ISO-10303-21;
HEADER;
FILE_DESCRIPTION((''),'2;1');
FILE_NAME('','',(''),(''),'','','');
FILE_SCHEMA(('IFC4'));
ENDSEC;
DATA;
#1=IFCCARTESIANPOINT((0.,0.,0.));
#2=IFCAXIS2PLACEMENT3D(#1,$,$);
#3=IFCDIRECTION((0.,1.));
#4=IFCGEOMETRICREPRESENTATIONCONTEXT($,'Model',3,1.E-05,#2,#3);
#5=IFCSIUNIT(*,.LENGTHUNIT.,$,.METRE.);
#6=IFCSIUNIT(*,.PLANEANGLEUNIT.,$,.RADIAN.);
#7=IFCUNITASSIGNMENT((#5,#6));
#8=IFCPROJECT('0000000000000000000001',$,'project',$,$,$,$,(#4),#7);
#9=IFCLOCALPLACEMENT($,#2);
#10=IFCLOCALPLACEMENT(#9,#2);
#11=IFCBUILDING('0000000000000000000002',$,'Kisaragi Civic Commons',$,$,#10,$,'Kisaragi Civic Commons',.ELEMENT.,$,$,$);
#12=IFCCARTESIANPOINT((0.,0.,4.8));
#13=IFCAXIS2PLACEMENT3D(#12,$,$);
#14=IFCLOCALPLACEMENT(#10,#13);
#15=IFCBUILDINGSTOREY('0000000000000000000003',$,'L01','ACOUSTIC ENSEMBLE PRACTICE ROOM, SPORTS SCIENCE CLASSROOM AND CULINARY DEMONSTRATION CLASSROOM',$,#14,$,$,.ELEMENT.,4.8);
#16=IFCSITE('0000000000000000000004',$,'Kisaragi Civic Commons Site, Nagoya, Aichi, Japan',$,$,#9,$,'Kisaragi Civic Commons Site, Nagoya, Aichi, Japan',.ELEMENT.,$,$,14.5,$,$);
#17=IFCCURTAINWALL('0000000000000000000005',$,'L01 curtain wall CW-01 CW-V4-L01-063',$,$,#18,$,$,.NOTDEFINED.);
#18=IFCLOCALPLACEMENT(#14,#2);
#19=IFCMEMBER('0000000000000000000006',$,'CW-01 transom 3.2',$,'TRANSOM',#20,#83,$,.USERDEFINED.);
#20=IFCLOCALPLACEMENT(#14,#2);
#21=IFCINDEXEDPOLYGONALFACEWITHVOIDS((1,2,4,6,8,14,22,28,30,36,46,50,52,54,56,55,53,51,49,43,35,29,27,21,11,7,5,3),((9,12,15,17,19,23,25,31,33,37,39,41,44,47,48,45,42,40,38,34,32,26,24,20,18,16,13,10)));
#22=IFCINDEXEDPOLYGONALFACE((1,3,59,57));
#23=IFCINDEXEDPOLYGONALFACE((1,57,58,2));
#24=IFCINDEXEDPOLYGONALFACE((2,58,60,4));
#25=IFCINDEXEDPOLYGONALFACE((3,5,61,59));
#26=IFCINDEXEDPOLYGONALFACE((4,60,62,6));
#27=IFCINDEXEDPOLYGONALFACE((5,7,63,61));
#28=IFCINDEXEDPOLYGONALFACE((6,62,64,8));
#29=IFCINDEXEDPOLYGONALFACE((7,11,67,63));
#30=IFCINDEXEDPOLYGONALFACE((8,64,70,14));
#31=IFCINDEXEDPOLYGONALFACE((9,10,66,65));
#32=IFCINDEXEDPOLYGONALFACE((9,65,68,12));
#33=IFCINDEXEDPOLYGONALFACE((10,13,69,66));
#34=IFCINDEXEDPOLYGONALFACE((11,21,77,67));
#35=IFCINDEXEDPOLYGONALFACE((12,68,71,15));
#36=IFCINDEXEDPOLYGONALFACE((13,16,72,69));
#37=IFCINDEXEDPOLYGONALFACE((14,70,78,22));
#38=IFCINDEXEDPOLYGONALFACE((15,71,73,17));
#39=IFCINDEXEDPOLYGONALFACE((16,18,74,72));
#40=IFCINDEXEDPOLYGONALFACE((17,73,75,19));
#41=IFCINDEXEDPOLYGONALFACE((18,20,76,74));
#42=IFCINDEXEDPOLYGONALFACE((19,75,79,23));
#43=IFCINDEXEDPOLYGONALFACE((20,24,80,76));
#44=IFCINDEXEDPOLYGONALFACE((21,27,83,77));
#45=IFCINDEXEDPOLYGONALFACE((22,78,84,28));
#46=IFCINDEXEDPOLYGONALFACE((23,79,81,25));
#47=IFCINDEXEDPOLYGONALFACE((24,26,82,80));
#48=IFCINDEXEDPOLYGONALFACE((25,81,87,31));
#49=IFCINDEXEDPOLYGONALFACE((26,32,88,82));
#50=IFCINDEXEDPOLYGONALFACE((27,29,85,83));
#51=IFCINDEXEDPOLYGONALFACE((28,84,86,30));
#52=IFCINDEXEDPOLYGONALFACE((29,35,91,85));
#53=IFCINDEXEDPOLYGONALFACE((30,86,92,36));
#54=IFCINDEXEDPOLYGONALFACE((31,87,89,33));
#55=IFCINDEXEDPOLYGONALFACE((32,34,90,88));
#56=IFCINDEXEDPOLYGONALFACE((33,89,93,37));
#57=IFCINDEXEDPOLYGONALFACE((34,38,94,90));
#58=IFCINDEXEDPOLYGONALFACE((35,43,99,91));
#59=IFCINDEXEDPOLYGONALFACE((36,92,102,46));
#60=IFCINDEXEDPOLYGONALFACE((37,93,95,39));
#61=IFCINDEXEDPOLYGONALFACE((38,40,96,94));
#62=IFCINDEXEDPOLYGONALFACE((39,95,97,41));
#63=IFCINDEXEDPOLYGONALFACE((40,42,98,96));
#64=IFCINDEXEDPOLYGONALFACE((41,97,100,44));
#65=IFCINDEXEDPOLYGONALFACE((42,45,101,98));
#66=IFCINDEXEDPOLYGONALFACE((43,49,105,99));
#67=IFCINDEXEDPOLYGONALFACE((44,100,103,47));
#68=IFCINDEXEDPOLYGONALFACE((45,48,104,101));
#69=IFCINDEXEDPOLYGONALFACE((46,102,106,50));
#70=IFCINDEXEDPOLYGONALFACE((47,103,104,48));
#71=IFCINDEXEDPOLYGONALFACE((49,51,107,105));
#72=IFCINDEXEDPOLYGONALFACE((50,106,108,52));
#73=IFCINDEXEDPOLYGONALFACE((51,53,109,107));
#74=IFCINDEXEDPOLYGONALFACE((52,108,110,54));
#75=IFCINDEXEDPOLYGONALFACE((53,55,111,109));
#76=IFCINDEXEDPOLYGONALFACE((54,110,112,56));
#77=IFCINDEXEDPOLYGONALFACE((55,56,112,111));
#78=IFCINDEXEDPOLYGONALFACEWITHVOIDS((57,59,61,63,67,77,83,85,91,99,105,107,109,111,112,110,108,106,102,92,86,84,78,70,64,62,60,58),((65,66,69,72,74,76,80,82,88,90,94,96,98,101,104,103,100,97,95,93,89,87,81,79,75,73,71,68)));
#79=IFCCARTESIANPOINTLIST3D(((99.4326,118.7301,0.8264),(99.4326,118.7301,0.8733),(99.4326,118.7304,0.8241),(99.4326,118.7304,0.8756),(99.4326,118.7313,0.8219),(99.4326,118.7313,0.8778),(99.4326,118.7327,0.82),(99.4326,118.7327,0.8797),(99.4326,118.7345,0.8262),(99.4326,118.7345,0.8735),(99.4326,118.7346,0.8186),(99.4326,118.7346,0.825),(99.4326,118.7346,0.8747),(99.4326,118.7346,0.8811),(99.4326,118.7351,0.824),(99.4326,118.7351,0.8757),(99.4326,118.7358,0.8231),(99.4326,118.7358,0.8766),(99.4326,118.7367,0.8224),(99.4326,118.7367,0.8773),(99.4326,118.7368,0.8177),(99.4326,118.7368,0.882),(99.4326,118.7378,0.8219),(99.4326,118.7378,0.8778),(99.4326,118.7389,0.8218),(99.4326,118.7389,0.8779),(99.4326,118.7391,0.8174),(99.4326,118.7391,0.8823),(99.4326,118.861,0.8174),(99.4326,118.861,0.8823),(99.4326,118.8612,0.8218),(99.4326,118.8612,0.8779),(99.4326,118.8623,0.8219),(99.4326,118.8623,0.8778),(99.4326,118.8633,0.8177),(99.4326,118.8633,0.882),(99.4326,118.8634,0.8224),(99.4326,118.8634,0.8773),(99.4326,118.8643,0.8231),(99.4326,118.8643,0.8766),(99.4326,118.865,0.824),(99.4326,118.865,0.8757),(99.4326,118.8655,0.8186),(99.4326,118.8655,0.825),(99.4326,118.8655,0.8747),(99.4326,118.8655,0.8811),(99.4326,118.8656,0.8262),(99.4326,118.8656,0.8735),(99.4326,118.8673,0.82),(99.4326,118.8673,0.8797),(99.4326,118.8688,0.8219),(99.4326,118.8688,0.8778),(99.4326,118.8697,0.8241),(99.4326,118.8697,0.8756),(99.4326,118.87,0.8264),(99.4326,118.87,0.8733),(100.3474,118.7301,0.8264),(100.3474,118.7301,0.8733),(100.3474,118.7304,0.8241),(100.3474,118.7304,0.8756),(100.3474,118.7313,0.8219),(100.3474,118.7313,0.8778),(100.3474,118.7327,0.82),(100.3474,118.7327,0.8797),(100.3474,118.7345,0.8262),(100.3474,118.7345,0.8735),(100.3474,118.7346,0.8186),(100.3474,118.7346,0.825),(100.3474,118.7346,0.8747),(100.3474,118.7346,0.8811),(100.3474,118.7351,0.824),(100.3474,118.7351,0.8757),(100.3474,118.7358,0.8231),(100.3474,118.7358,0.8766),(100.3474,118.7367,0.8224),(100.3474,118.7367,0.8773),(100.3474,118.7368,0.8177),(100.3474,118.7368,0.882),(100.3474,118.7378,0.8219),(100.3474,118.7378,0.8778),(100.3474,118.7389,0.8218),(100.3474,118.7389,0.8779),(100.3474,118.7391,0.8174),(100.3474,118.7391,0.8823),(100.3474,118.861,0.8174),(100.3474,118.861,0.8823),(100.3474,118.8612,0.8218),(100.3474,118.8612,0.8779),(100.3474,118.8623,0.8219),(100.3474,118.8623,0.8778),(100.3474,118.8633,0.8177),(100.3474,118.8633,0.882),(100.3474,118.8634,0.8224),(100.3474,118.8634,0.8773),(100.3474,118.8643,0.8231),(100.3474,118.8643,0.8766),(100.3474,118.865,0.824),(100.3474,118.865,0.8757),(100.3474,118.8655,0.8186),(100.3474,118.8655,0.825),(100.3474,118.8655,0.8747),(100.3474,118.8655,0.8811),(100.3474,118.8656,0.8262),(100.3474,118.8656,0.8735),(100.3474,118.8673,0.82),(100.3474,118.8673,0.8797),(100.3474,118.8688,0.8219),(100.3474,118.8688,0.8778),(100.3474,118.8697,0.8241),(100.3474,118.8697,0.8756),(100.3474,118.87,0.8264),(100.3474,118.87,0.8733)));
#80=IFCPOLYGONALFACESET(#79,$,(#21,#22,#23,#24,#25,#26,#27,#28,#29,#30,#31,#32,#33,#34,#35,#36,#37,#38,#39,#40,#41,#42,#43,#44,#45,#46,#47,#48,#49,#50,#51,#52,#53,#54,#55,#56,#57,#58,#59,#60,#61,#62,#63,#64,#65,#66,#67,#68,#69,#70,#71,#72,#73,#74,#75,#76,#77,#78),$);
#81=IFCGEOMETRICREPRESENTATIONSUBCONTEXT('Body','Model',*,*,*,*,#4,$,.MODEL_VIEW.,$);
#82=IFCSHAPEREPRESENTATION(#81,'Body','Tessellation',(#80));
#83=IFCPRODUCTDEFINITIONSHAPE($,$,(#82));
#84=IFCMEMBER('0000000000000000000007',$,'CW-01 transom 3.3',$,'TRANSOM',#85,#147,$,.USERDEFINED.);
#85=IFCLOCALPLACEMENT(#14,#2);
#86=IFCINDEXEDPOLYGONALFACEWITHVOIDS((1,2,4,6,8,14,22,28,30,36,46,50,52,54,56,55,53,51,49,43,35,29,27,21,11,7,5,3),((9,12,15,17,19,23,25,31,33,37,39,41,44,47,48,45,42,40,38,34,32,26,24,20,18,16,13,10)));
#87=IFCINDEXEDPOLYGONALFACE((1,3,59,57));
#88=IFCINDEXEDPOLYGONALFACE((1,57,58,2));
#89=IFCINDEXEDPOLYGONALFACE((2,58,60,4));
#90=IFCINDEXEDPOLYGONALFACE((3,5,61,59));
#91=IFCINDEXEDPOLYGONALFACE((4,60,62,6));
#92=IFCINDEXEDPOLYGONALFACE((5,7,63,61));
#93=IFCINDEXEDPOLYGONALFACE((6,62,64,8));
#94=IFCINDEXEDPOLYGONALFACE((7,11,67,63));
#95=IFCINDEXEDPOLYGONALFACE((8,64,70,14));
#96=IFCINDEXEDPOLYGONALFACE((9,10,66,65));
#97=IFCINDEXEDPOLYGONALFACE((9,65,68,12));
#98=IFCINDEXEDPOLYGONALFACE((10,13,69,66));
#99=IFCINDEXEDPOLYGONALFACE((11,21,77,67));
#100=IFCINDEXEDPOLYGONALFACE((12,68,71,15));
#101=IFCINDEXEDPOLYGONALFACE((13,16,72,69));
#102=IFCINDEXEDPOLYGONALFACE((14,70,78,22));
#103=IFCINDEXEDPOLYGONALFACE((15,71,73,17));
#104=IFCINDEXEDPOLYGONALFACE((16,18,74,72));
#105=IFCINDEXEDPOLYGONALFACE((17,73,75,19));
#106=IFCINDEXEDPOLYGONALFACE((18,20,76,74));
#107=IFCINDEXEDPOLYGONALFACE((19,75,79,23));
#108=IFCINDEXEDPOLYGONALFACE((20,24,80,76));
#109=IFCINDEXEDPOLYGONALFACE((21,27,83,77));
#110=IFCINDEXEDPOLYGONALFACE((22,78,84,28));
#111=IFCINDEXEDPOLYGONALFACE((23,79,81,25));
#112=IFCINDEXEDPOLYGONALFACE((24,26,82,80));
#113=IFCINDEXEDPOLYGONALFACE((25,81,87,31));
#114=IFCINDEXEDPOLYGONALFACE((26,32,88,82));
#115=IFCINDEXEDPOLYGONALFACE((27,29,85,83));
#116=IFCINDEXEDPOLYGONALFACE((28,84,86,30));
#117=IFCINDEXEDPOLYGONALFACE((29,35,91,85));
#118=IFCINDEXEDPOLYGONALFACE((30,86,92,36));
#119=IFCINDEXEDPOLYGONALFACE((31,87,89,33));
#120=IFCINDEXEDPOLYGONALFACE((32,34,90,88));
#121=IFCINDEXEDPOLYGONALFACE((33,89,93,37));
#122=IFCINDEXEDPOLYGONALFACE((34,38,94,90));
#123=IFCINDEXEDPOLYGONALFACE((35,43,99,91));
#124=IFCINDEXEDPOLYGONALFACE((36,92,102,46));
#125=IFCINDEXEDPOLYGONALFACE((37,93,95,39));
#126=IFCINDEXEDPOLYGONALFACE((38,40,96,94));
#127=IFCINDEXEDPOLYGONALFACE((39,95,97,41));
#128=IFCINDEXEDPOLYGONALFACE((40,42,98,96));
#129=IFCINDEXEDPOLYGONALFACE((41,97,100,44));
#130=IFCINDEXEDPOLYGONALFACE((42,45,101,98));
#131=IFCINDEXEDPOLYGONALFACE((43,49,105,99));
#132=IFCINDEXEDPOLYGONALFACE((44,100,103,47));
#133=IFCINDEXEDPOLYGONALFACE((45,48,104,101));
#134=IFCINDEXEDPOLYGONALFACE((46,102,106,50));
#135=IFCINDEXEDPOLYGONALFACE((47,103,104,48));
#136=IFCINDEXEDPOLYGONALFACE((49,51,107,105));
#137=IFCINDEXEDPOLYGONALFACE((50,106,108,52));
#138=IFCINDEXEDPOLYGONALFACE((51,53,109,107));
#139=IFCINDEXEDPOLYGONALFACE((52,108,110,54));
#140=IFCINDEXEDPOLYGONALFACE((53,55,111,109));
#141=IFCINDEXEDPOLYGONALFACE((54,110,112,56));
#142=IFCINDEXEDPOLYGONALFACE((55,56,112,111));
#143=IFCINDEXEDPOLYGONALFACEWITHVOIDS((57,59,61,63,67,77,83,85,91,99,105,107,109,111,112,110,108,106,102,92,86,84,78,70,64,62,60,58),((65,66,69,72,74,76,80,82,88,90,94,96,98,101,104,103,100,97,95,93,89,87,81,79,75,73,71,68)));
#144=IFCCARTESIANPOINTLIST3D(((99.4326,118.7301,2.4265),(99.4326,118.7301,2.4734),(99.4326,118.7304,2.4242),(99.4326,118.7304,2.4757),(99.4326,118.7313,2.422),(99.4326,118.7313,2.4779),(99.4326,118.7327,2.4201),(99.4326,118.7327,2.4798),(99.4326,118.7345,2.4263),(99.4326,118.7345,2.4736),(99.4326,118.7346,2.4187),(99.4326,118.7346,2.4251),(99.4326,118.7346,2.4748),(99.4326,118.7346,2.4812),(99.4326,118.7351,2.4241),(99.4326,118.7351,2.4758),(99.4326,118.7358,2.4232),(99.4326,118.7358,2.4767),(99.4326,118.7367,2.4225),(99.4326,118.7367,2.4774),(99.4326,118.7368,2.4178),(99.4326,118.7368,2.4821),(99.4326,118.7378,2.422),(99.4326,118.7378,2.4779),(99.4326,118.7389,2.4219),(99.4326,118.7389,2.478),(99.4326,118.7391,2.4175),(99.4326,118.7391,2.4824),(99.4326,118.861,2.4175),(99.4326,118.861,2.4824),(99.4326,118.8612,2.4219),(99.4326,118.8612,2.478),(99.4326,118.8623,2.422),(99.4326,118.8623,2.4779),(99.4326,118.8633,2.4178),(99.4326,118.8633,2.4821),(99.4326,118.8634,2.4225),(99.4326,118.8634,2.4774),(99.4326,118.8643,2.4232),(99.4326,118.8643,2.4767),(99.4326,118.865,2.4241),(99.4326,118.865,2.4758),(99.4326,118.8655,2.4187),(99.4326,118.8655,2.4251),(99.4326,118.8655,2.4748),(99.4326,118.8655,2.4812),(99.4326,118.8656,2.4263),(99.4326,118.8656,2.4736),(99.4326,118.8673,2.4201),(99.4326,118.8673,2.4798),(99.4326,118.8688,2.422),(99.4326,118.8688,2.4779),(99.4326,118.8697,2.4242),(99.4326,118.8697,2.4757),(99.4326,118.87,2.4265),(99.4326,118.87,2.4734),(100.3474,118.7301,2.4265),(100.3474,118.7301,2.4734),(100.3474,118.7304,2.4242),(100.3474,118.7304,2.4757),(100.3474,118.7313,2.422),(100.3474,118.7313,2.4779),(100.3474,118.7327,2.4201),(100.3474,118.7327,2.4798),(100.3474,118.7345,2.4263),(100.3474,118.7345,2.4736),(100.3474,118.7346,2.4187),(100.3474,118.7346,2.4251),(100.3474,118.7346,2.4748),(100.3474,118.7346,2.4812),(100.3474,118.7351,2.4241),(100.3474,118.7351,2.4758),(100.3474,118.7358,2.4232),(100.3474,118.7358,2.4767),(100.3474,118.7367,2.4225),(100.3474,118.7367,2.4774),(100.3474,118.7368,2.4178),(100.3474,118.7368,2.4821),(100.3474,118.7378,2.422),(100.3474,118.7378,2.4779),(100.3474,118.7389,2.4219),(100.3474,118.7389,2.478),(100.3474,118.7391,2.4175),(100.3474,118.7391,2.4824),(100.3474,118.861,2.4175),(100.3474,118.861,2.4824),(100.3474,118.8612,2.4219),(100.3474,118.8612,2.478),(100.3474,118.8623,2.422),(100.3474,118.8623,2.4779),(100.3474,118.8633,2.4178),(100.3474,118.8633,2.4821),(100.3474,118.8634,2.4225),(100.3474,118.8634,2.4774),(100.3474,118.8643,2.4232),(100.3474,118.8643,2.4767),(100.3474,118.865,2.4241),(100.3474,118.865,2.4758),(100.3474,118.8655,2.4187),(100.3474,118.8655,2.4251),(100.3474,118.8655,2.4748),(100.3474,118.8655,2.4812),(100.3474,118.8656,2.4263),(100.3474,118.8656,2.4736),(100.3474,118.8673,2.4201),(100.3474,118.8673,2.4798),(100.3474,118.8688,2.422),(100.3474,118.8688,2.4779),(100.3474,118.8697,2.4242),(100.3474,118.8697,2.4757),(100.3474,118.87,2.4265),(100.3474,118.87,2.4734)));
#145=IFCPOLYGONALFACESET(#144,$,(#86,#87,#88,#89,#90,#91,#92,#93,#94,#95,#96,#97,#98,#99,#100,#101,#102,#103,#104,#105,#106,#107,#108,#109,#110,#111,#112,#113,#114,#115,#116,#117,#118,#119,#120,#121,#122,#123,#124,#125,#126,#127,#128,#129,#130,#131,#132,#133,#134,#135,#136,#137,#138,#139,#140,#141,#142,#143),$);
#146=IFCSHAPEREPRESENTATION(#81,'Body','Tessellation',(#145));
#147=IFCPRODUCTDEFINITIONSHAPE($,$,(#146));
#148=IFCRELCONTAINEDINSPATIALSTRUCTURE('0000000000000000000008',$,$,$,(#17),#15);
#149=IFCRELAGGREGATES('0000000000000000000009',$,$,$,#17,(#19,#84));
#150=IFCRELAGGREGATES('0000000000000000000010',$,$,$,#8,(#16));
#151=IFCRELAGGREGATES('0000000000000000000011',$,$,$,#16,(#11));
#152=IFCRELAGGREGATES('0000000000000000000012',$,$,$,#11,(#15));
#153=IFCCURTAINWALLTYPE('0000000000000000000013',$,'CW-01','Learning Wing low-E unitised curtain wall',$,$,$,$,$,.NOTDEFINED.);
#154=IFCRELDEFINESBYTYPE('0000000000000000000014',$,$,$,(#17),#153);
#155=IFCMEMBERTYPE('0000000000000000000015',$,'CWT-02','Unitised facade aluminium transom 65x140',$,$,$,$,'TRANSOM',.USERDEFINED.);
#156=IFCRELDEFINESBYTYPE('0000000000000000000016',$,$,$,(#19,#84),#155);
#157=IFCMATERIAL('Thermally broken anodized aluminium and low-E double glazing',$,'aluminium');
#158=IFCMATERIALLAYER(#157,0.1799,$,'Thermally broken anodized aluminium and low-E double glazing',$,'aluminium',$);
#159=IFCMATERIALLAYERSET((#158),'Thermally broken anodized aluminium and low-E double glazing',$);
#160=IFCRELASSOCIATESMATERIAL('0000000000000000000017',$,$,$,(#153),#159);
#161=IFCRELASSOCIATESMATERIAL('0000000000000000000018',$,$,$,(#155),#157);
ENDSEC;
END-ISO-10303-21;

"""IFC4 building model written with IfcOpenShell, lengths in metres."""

from ifc_helpers import new_model, si_unit, direction, frame, origin, origin_2d, place, context, subcontext, project, spatial, hollow_rectangle, extrude, material, layer, layer_set, material_profile, profile_set, type_object, element, aggregate, save


model = new_model("IFC4")

# Units and contexts
model_context = context("Model", 3, precision=1e-05, world=origin(), true_north=direction((0.0, 1.0)))
body_context = subcontext(model_context, "Body", "Model", "MODEL_VIEW")
ifc_project = project(units=[si_unit("LENGTHUNIT", "METRE"), si_unit("PLANEANGLEUNIT", "RADIAN")], contexts=[model_context])

# Site, building, storey
site_placement = place(None, origin())
site = spatial("IfcSite", under=ifc_project, at=site_placement, Name="Kisaragi Civic Commons Site, Nagoya, Aichi, Japan", LongName="Kisaragi Civic Commons Site, Nagoya, Aichi, Japan", CompositionType="ELEMENT", RefElevation=14.5)
building_placement = place(site_placement, origin())
building = spatial("IfcBuilding", under=site, at=building_placement, Name="Kisaragi Civic Commons", LongName="Kisaragi Civic Commons", CompositionType="ELEMENT")
storey_placement = place(building_placement, frame((0.0, 0.0, 4.8)))
storey = spatial("IfcBuildingStorey", under=building, at=storey_placement, Name="L01", Description="ACOUSTIC ENSEMBLE PRACTICE ROOM, SPORTS SCIENCE CLASSROOM AND CULINARY DEMONSTRATION CLASSROOM", CompositionType="ELEMENT", Elevation=4.8)

# Curtain wall, members
ifc_material = material(Name="Thermally broken anodized aluminium and low-E double glazing", Category="aluminium")
ifc_layer_1 = layer(ifc_material, 0.1799, Name="Thermally broken anodized aluminium and low-E double glazing", Category="aluminium")
ifc_layer_set_1 = layer_set([ifc_layer_1], Name="Thermally broken anodized aluminium and low-E double glazing")
curtain_wall_type = type_object("IfcCurtainWallType", Name="CW-01", Description="Learning Wing low-E unitised curtain wall", PredefinedType="NOTDEFINED", material=ifc_layer_set_1)
curtain_wall_placement = place(storey_placement, origin())
curtain_wall = element("IfcCurtainWall", 1, at=curtain_wall_placement, inside=storey, type_object=curtain_wall_type, Name="L01 curtain wall CW-01 CW-V4-L01-063", PredefinedType="NOTDEFINED")
ifc_material_profile_1 = material_profile(ifc_material, hollow_rectangle(XDim=0.1399, YDim=0.0649, WallThickness=0.0044, InnerFilletRadius=0.0044, OuterFilletRadius=0.009, at=origin_2d()), Name="CWT-65x140x4.5", Category="aluminium")
ifc_profile_set_1 = profile_set([ifc_material_profile_1], Name="Thermally broken anodized aluminium and low-E double glazing")
member_type_1 = type_object("IfcMemberType", Name="CWT-02", Description="Unitised facade aluminium transom 65x140", ElementType="TRANSOM", PredefinedType="USERDEFINED", material=ifc_profile_set_1)
member_1_placement = place(storey_placement, frame((99.4326, 118.8, 0.8499), z_axis=(1.0, 0.0, 0.0), x_axis=(0.0, 1.0, 0.0)))
member_1 = element("IfcMember", 2, at=member_1_placement, type_object=member_type_1, Name="CW-01 transom 3.2", ObjectType="TRANSOM", PredefinedType="USERDEFINED", context=body_context, shape_type="SweptSolid", body=[
    extrude(hollow_rectangle(XDim=0.1399, YDim=0.0649, WallThickness=0.0044, InnerFilletRadius=0.0044, OuterFilletRadius=0.009, at=origin_2d()), origin(), (0.0, 0.0, 1.0), 0.9148),
])
member_2_placement = place(storey_placement, frame((99.4326, 118.8, 2.45), z_axis=(1.0, 0.0, 0.0), x_axis=(0.0, 1.0, 0.0)))
member_2 = element("IfcMember", 3, at=member_2_placement, type_object=member_type_1, Name="CW-01 transom 3.3", ObjectType="TRANSOM", PredefinedType="USERDEFINED", context=body_context, shape_type="SweptSolid", body=[
    extrude(hollow_rectangle(XDim=0.1399, YDim=0.0649, WallThickness=0.0044, InnerFilletRadius=0.0044, OuterFilletRadius=0.009, at=origin_2d()), origin(), (0.0, 0.0, 1.0), 0.9148),
])
aggregate(curtain_wall, [member_1, member_2])

save(model, "model.ifc")
